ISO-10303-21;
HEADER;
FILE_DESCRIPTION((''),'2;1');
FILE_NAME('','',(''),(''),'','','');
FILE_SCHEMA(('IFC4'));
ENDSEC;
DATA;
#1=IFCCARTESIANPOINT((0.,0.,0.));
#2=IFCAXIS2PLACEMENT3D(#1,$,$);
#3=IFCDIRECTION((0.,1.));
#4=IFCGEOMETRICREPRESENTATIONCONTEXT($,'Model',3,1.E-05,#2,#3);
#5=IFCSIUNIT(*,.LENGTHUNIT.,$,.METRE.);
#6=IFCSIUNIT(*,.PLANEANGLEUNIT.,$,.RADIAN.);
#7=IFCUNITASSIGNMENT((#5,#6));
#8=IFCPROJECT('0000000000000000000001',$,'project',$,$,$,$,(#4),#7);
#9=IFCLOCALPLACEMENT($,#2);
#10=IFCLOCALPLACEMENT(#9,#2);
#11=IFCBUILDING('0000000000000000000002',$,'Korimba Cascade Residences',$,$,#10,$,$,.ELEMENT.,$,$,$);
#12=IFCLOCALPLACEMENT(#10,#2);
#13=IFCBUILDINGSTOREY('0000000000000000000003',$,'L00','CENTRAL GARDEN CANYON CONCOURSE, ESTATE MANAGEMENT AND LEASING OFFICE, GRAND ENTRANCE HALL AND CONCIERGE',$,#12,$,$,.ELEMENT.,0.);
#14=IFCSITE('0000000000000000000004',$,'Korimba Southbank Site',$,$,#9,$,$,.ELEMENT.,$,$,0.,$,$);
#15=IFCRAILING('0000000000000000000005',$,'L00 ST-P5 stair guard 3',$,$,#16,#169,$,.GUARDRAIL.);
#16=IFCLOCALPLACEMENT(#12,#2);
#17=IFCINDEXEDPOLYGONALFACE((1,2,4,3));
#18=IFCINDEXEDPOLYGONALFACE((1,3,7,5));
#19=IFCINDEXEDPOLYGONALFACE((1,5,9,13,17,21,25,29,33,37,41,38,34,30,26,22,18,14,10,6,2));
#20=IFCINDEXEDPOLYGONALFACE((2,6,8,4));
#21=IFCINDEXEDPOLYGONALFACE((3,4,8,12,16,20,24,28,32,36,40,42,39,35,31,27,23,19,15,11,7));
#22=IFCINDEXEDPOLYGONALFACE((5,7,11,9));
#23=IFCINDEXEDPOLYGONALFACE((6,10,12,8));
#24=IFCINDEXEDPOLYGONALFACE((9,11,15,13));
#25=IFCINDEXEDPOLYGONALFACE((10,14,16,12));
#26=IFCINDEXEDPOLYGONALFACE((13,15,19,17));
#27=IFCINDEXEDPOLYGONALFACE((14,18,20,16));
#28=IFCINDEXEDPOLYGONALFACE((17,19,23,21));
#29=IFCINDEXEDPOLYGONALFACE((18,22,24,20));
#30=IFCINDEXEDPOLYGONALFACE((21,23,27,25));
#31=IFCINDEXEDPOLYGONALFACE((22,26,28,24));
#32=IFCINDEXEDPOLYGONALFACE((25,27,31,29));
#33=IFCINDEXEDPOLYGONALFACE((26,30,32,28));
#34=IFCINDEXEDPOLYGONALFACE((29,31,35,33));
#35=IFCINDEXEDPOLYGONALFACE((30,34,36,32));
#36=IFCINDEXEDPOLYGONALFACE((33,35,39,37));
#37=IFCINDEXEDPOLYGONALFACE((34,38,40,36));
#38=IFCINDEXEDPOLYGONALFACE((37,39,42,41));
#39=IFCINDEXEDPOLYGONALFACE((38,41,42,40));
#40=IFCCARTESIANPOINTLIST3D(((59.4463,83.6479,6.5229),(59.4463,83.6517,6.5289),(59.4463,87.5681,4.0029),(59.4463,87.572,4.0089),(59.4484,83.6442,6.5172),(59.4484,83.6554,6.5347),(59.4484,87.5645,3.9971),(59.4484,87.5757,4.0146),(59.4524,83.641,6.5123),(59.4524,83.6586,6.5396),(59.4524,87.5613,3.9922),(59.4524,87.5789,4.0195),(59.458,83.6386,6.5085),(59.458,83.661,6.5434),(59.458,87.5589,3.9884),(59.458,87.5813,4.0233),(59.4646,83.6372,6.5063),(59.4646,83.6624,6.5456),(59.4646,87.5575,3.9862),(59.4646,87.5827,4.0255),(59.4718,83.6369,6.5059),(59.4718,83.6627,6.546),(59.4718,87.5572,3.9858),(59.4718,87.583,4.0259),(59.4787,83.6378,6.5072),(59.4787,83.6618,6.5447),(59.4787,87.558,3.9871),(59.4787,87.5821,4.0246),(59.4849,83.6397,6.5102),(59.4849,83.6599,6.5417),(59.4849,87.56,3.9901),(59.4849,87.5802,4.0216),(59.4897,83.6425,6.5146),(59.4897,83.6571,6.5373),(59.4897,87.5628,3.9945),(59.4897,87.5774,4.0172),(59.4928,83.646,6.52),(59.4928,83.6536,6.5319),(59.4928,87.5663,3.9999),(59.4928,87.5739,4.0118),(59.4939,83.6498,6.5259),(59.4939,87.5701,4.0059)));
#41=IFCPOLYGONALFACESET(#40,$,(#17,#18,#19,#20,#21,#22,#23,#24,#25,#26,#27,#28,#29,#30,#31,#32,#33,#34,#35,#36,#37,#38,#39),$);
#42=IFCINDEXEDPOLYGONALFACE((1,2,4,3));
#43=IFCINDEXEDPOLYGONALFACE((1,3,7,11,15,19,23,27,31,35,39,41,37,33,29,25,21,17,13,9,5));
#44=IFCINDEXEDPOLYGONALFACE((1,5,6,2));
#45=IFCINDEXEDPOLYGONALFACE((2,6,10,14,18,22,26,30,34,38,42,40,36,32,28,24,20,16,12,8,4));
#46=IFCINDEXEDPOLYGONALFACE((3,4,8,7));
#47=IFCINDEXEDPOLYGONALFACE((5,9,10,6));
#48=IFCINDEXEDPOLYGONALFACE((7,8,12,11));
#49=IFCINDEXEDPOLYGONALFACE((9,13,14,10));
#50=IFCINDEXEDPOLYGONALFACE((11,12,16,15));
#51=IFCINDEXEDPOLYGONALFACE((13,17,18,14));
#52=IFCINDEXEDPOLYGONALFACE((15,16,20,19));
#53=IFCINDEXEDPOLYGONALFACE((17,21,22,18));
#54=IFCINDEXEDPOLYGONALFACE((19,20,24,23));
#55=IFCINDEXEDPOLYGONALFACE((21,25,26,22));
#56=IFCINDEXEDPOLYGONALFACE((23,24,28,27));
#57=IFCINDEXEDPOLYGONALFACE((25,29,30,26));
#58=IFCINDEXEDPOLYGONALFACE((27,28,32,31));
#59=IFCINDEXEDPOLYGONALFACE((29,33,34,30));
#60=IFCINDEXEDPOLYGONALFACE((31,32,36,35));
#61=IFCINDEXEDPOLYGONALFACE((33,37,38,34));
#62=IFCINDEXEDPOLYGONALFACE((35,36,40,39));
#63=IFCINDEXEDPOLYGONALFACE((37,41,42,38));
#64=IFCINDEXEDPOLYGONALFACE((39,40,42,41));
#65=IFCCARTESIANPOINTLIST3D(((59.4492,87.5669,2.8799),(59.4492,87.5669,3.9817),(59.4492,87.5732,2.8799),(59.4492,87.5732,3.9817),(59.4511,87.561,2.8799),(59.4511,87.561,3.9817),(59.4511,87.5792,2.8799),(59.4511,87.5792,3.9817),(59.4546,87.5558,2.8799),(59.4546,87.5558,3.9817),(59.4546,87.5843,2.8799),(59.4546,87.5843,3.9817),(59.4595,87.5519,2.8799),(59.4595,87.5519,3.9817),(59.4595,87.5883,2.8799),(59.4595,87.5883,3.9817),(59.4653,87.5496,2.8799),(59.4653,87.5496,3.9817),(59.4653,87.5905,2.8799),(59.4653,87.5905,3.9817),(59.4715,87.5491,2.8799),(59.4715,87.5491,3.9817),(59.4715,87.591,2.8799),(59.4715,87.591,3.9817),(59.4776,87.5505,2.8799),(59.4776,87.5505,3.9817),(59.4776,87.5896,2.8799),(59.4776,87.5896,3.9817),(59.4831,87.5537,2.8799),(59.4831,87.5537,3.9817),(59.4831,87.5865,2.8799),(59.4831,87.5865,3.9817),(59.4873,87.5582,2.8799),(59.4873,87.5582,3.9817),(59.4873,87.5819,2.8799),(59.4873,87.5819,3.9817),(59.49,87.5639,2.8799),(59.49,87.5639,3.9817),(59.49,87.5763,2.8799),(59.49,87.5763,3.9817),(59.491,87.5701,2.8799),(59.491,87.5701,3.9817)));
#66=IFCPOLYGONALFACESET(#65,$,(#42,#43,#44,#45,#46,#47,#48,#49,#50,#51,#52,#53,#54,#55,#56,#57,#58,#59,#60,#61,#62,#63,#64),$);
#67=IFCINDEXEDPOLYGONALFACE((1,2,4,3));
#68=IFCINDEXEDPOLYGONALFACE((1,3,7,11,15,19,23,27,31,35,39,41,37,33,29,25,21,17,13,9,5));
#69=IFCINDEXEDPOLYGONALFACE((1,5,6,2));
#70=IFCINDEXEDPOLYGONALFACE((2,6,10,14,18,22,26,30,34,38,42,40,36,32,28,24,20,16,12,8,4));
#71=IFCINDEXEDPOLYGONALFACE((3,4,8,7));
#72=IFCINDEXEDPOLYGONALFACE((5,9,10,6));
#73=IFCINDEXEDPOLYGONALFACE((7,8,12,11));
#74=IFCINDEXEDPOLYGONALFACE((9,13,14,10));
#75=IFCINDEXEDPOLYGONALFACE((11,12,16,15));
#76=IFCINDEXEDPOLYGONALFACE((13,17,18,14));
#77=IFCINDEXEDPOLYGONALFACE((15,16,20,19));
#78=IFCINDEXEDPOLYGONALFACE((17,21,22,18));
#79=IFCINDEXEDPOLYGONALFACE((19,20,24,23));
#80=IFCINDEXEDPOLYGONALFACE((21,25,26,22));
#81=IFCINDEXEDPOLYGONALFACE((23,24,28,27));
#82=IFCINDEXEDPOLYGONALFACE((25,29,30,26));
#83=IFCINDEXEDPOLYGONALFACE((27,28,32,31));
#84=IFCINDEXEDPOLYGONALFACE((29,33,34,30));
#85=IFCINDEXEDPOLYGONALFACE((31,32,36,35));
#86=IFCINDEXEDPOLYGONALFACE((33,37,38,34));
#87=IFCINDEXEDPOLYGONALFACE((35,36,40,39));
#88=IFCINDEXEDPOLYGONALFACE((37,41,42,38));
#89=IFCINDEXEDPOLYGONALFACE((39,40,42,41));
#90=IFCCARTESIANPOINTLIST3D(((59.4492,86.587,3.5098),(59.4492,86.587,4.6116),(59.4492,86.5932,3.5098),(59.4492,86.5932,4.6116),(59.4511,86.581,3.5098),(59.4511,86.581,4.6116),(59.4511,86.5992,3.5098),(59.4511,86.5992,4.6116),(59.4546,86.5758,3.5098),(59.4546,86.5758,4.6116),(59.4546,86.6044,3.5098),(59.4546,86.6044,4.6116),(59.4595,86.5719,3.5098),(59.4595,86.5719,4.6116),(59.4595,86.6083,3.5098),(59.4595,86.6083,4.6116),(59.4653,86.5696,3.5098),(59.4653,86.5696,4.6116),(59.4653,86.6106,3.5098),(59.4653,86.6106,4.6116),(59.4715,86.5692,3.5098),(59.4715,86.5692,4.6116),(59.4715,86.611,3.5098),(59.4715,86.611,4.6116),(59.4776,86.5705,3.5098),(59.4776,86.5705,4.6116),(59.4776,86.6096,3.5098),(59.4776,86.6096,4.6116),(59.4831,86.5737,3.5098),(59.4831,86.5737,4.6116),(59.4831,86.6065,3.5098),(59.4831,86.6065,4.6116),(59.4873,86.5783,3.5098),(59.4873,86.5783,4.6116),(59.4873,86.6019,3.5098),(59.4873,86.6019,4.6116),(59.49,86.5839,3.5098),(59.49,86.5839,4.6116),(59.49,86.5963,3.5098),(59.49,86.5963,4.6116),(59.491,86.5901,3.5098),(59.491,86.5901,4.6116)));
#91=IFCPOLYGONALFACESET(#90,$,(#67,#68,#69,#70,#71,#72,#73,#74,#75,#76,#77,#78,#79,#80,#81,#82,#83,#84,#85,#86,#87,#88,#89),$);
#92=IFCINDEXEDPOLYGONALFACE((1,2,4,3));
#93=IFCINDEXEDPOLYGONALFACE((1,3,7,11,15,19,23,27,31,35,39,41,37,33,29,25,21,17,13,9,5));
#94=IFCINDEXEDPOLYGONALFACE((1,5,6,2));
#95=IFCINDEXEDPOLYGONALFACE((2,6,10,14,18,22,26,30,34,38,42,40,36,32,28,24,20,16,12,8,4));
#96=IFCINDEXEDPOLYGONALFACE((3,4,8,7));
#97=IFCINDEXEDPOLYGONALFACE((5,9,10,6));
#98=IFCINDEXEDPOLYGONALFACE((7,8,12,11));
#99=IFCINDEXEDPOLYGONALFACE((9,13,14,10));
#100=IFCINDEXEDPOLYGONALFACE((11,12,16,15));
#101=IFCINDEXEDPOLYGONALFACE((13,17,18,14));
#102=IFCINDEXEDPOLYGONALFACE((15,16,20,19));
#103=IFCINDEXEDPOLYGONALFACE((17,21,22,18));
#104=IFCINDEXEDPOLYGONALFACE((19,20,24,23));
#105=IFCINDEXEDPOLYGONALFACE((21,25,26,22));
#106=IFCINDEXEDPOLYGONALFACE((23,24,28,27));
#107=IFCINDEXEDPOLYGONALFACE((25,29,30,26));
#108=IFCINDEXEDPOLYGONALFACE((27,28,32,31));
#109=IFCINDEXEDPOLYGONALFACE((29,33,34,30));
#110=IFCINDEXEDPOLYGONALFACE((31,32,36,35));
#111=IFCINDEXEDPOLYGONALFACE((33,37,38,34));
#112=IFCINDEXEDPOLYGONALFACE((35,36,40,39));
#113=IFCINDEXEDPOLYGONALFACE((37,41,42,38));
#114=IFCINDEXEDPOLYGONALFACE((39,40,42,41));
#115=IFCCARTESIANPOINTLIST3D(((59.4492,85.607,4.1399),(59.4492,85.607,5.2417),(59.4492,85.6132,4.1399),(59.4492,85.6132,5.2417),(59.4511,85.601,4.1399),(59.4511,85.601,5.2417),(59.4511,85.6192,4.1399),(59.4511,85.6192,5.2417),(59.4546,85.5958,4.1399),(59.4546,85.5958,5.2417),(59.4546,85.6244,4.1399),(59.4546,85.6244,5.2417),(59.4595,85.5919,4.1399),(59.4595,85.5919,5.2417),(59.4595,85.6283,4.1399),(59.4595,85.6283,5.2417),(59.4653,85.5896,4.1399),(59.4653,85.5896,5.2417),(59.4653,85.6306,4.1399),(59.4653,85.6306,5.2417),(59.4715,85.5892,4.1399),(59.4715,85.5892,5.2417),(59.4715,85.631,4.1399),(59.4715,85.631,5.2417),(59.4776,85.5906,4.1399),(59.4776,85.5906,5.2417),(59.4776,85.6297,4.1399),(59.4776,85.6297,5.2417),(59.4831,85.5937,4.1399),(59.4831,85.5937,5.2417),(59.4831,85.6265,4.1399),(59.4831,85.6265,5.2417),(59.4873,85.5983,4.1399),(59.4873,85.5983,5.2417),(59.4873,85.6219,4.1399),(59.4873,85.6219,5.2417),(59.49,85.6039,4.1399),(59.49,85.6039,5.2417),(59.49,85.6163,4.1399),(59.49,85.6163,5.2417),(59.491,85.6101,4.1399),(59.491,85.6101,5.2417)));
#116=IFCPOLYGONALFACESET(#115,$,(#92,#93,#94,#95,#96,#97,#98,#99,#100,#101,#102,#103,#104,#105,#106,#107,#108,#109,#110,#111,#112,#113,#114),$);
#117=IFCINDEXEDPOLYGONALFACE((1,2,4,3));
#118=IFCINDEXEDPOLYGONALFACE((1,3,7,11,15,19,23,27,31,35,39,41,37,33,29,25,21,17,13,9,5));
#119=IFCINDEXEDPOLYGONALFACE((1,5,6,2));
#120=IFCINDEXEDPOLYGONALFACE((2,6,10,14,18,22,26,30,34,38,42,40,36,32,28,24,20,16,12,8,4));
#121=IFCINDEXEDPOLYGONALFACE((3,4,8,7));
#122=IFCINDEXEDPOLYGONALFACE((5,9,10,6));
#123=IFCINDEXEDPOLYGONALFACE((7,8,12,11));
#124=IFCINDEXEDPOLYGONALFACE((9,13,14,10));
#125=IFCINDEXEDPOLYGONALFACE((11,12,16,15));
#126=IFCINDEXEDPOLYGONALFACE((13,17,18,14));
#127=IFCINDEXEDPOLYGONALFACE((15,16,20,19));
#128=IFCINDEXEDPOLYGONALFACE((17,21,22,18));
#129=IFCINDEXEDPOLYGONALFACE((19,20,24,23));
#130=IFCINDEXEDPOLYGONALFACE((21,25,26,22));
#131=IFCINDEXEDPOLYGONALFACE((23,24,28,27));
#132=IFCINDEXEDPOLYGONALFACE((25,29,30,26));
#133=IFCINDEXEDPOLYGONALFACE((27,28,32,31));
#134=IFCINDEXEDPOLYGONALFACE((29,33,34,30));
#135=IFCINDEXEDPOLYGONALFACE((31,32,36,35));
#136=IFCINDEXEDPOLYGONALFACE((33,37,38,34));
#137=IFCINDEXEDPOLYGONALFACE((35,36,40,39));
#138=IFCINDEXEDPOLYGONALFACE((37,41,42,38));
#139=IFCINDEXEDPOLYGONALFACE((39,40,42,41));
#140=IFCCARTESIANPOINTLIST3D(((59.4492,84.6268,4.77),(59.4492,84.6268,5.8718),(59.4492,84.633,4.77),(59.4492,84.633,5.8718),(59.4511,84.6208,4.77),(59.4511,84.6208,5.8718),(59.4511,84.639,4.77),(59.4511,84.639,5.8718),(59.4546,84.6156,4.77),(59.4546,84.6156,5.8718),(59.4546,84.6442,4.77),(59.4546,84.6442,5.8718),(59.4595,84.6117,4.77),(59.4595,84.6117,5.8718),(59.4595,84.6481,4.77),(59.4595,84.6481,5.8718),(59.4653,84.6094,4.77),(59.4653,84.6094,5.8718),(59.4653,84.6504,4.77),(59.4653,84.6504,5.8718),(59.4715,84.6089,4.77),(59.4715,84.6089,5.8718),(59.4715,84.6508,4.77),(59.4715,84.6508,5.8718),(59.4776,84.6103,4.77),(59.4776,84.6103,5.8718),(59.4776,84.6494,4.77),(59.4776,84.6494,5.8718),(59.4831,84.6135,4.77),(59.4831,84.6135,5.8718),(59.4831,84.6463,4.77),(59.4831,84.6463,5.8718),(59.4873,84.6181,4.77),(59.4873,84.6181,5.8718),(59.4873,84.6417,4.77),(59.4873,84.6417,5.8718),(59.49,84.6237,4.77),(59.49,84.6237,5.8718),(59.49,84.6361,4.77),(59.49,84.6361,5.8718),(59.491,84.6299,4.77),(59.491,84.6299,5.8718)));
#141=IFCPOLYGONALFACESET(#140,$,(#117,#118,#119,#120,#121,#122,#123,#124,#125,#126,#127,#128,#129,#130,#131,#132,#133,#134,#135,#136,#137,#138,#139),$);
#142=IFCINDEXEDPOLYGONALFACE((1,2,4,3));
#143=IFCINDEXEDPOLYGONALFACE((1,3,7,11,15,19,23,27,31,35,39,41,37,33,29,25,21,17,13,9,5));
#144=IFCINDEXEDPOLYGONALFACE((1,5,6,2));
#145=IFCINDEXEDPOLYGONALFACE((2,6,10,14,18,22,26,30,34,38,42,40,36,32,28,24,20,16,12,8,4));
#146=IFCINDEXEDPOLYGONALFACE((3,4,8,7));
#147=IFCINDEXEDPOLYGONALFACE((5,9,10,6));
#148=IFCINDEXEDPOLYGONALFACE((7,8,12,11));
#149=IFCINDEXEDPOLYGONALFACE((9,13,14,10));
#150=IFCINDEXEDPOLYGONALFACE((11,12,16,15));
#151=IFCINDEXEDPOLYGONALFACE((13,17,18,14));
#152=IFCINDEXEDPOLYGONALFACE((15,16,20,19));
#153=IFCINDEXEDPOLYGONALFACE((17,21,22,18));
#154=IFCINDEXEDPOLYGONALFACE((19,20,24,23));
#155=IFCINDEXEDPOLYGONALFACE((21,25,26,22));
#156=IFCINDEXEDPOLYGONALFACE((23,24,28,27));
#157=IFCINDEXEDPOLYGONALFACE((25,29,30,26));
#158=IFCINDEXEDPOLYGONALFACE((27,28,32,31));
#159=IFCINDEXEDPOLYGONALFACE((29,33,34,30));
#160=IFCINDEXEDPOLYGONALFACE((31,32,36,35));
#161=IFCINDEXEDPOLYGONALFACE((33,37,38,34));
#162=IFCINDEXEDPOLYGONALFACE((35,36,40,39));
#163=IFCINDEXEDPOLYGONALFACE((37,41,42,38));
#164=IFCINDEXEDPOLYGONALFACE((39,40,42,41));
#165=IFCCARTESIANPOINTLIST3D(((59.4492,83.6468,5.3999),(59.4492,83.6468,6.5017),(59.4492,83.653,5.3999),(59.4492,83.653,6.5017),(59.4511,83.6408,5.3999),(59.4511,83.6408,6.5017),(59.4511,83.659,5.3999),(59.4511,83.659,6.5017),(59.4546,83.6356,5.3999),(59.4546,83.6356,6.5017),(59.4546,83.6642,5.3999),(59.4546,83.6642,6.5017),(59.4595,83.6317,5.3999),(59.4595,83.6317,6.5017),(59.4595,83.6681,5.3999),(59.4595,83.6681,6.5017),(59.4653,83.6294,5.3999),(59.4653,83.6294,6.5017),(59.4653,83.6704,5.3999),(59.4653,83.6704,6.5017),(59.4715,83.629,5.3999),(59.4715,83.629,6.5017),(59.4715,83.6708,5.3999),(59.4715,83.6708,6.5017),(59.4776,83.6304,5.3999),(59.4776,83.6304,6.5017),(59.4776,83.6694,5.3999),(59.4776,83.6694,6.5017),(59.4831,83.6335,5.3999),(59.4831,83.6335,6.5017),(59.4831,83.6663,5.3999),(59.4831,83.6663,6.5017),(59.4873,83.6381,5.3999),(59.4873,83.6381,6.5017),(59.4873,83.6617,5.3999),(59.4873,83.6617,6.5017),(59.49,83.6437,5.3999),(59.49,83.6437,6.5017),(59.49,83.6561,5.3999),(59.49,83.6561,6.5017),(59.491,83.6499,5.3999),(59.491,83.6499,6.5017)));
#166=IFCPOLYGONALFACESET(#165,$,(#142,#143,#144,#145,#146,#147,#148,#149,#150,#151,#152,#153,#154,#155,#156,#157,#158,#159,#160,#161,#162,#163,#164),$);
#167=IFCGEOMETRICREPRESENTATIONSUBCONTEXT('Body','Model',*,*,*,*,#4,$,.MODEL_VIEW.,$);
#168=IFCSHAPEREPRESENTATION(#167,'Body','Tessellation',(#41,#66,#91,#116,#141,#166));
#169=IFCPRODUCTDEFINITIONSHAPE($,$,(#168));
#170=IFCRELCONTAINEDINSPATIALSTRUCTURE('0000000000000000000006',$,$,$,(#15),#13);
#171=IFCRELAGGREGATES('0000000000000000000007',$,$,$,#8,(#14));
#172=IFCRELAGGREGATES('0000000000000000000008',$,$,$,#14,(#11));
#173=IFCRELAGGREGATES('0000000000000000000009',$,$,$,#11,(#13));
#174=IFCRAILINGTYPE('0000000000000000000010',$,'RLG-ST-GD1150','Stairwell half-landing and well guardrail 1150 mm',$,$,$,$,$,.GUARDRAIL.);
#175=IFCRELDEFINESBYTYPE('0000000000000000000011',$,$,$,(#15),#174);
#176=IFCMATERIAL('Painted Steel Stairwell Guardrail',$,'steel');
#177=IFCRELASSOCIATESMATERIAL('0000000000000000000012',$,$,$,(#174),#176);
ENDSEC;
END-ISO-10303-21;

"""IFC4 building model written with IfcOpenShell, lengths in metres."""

from ifc_helpers import new_model, si_unit, direction, frame, origin, origin_2d, place, context, subcontext, project, spatial, circle, extrude, material, type_object, element, save


model = new_model("IFC4")

# Units and contexts
model_context = context("Model", 3, precision=1e-05, world=origin(), true_north=direction((0.0, 1.0)))
body_context = subcontext(model_context, "Body", "Model", "MODEL_VIEW")
ifc_project = project(units=[si_unit("LENGTHUNIT", "METRE"), si_unit("PLANEANGLEUNIT", "RADIAN")], contexts=[model_context])

# Site, building, storey
site_placement = place(None, origin())
site = spatial("IfcSite", under=ifc_project, at=site_placement, Name="Korimba Southbank Site", CompositionType="ELEMENT", RefElevation=0.0)
building_placement = place(site_placement, origin())
building = spatial("IfcBuilding", under=site, at=building_placement, Name="Korimba Cascade Residences", CompositionType="ELEMENT")
storey_placement = place(building_placement, origin())
storey = spatial("IfcBuildingStorey", under=building, at=storey_placement, Name="L00", Description="CENTRAL GARDEN CANYON CONCOURSE, ESTATE MANAGEMENT AND LEASING OFFICE, GRAND ENTRANCE HALL AND CONCIERGE", CompositionType="ELEMENT", Elevation=0.0)

# Railing
ifc_material_1 = material(Name="Painted Steel Stairwell Guardrail", Category="steel")
railing_type_1 = type_object("IfcRailingType", Name="RLG-ST-GD1150", Description="Stairwell half-landing and well guardrail 1150 mm", PredefinedType="GUARDRAIL", material=ifc_material_1)
railing_1_placement = place(storey_placement, frame((59.47, 87.5701, 2.8799)))
element("IfcRailing", 1, at=railing_1_placement, inside=storey, type_object=railing_type_1, Name="L00 ST-P5 stair guard 3", PredefinedType="GUARDRAIL", context=body_context, shape_type="SweptSolid", body=[
    extrude(circle(Radius=0.0239, at=origin_2d()), frame((0.0, 0.0, 1.126), z_axis=(0.0, -0.841187, 0.540744), x_axis=(1.0, 0.0, 0.0)), (0.0, 0.0, 1.0), 4.6604),
    extrude(circle(Radius=0.021, at=origin_2d()), origin(), (0.0, 0.0, 1.0), 1.1018),
    extrude(circle(Radius=0.021, at=origin_2d()), frame((0.0, -0.98, 0.6299)), (0.0, 0.0, 1.0), 1.1018),
    extrude(circle(Radius=0.021, at=origin_2d()), frame((0.0, -1.96, 1.26)), (0.0, 0.0, 1.0), 1.1018),
    extrude(circle(Radius=0.021, at=origin_2d()), frame((0.0, -2.9402, 1.8901)), (0.0, 0.0, 1.0), 1.1018),
    extrude(circle(Radius=0.021, at=origin_2d()), frame((0.0, -3.9202, 2.52)), (0.0, 0.0, 1.0), 1.1018),
])

save(model, "model.ifc")
